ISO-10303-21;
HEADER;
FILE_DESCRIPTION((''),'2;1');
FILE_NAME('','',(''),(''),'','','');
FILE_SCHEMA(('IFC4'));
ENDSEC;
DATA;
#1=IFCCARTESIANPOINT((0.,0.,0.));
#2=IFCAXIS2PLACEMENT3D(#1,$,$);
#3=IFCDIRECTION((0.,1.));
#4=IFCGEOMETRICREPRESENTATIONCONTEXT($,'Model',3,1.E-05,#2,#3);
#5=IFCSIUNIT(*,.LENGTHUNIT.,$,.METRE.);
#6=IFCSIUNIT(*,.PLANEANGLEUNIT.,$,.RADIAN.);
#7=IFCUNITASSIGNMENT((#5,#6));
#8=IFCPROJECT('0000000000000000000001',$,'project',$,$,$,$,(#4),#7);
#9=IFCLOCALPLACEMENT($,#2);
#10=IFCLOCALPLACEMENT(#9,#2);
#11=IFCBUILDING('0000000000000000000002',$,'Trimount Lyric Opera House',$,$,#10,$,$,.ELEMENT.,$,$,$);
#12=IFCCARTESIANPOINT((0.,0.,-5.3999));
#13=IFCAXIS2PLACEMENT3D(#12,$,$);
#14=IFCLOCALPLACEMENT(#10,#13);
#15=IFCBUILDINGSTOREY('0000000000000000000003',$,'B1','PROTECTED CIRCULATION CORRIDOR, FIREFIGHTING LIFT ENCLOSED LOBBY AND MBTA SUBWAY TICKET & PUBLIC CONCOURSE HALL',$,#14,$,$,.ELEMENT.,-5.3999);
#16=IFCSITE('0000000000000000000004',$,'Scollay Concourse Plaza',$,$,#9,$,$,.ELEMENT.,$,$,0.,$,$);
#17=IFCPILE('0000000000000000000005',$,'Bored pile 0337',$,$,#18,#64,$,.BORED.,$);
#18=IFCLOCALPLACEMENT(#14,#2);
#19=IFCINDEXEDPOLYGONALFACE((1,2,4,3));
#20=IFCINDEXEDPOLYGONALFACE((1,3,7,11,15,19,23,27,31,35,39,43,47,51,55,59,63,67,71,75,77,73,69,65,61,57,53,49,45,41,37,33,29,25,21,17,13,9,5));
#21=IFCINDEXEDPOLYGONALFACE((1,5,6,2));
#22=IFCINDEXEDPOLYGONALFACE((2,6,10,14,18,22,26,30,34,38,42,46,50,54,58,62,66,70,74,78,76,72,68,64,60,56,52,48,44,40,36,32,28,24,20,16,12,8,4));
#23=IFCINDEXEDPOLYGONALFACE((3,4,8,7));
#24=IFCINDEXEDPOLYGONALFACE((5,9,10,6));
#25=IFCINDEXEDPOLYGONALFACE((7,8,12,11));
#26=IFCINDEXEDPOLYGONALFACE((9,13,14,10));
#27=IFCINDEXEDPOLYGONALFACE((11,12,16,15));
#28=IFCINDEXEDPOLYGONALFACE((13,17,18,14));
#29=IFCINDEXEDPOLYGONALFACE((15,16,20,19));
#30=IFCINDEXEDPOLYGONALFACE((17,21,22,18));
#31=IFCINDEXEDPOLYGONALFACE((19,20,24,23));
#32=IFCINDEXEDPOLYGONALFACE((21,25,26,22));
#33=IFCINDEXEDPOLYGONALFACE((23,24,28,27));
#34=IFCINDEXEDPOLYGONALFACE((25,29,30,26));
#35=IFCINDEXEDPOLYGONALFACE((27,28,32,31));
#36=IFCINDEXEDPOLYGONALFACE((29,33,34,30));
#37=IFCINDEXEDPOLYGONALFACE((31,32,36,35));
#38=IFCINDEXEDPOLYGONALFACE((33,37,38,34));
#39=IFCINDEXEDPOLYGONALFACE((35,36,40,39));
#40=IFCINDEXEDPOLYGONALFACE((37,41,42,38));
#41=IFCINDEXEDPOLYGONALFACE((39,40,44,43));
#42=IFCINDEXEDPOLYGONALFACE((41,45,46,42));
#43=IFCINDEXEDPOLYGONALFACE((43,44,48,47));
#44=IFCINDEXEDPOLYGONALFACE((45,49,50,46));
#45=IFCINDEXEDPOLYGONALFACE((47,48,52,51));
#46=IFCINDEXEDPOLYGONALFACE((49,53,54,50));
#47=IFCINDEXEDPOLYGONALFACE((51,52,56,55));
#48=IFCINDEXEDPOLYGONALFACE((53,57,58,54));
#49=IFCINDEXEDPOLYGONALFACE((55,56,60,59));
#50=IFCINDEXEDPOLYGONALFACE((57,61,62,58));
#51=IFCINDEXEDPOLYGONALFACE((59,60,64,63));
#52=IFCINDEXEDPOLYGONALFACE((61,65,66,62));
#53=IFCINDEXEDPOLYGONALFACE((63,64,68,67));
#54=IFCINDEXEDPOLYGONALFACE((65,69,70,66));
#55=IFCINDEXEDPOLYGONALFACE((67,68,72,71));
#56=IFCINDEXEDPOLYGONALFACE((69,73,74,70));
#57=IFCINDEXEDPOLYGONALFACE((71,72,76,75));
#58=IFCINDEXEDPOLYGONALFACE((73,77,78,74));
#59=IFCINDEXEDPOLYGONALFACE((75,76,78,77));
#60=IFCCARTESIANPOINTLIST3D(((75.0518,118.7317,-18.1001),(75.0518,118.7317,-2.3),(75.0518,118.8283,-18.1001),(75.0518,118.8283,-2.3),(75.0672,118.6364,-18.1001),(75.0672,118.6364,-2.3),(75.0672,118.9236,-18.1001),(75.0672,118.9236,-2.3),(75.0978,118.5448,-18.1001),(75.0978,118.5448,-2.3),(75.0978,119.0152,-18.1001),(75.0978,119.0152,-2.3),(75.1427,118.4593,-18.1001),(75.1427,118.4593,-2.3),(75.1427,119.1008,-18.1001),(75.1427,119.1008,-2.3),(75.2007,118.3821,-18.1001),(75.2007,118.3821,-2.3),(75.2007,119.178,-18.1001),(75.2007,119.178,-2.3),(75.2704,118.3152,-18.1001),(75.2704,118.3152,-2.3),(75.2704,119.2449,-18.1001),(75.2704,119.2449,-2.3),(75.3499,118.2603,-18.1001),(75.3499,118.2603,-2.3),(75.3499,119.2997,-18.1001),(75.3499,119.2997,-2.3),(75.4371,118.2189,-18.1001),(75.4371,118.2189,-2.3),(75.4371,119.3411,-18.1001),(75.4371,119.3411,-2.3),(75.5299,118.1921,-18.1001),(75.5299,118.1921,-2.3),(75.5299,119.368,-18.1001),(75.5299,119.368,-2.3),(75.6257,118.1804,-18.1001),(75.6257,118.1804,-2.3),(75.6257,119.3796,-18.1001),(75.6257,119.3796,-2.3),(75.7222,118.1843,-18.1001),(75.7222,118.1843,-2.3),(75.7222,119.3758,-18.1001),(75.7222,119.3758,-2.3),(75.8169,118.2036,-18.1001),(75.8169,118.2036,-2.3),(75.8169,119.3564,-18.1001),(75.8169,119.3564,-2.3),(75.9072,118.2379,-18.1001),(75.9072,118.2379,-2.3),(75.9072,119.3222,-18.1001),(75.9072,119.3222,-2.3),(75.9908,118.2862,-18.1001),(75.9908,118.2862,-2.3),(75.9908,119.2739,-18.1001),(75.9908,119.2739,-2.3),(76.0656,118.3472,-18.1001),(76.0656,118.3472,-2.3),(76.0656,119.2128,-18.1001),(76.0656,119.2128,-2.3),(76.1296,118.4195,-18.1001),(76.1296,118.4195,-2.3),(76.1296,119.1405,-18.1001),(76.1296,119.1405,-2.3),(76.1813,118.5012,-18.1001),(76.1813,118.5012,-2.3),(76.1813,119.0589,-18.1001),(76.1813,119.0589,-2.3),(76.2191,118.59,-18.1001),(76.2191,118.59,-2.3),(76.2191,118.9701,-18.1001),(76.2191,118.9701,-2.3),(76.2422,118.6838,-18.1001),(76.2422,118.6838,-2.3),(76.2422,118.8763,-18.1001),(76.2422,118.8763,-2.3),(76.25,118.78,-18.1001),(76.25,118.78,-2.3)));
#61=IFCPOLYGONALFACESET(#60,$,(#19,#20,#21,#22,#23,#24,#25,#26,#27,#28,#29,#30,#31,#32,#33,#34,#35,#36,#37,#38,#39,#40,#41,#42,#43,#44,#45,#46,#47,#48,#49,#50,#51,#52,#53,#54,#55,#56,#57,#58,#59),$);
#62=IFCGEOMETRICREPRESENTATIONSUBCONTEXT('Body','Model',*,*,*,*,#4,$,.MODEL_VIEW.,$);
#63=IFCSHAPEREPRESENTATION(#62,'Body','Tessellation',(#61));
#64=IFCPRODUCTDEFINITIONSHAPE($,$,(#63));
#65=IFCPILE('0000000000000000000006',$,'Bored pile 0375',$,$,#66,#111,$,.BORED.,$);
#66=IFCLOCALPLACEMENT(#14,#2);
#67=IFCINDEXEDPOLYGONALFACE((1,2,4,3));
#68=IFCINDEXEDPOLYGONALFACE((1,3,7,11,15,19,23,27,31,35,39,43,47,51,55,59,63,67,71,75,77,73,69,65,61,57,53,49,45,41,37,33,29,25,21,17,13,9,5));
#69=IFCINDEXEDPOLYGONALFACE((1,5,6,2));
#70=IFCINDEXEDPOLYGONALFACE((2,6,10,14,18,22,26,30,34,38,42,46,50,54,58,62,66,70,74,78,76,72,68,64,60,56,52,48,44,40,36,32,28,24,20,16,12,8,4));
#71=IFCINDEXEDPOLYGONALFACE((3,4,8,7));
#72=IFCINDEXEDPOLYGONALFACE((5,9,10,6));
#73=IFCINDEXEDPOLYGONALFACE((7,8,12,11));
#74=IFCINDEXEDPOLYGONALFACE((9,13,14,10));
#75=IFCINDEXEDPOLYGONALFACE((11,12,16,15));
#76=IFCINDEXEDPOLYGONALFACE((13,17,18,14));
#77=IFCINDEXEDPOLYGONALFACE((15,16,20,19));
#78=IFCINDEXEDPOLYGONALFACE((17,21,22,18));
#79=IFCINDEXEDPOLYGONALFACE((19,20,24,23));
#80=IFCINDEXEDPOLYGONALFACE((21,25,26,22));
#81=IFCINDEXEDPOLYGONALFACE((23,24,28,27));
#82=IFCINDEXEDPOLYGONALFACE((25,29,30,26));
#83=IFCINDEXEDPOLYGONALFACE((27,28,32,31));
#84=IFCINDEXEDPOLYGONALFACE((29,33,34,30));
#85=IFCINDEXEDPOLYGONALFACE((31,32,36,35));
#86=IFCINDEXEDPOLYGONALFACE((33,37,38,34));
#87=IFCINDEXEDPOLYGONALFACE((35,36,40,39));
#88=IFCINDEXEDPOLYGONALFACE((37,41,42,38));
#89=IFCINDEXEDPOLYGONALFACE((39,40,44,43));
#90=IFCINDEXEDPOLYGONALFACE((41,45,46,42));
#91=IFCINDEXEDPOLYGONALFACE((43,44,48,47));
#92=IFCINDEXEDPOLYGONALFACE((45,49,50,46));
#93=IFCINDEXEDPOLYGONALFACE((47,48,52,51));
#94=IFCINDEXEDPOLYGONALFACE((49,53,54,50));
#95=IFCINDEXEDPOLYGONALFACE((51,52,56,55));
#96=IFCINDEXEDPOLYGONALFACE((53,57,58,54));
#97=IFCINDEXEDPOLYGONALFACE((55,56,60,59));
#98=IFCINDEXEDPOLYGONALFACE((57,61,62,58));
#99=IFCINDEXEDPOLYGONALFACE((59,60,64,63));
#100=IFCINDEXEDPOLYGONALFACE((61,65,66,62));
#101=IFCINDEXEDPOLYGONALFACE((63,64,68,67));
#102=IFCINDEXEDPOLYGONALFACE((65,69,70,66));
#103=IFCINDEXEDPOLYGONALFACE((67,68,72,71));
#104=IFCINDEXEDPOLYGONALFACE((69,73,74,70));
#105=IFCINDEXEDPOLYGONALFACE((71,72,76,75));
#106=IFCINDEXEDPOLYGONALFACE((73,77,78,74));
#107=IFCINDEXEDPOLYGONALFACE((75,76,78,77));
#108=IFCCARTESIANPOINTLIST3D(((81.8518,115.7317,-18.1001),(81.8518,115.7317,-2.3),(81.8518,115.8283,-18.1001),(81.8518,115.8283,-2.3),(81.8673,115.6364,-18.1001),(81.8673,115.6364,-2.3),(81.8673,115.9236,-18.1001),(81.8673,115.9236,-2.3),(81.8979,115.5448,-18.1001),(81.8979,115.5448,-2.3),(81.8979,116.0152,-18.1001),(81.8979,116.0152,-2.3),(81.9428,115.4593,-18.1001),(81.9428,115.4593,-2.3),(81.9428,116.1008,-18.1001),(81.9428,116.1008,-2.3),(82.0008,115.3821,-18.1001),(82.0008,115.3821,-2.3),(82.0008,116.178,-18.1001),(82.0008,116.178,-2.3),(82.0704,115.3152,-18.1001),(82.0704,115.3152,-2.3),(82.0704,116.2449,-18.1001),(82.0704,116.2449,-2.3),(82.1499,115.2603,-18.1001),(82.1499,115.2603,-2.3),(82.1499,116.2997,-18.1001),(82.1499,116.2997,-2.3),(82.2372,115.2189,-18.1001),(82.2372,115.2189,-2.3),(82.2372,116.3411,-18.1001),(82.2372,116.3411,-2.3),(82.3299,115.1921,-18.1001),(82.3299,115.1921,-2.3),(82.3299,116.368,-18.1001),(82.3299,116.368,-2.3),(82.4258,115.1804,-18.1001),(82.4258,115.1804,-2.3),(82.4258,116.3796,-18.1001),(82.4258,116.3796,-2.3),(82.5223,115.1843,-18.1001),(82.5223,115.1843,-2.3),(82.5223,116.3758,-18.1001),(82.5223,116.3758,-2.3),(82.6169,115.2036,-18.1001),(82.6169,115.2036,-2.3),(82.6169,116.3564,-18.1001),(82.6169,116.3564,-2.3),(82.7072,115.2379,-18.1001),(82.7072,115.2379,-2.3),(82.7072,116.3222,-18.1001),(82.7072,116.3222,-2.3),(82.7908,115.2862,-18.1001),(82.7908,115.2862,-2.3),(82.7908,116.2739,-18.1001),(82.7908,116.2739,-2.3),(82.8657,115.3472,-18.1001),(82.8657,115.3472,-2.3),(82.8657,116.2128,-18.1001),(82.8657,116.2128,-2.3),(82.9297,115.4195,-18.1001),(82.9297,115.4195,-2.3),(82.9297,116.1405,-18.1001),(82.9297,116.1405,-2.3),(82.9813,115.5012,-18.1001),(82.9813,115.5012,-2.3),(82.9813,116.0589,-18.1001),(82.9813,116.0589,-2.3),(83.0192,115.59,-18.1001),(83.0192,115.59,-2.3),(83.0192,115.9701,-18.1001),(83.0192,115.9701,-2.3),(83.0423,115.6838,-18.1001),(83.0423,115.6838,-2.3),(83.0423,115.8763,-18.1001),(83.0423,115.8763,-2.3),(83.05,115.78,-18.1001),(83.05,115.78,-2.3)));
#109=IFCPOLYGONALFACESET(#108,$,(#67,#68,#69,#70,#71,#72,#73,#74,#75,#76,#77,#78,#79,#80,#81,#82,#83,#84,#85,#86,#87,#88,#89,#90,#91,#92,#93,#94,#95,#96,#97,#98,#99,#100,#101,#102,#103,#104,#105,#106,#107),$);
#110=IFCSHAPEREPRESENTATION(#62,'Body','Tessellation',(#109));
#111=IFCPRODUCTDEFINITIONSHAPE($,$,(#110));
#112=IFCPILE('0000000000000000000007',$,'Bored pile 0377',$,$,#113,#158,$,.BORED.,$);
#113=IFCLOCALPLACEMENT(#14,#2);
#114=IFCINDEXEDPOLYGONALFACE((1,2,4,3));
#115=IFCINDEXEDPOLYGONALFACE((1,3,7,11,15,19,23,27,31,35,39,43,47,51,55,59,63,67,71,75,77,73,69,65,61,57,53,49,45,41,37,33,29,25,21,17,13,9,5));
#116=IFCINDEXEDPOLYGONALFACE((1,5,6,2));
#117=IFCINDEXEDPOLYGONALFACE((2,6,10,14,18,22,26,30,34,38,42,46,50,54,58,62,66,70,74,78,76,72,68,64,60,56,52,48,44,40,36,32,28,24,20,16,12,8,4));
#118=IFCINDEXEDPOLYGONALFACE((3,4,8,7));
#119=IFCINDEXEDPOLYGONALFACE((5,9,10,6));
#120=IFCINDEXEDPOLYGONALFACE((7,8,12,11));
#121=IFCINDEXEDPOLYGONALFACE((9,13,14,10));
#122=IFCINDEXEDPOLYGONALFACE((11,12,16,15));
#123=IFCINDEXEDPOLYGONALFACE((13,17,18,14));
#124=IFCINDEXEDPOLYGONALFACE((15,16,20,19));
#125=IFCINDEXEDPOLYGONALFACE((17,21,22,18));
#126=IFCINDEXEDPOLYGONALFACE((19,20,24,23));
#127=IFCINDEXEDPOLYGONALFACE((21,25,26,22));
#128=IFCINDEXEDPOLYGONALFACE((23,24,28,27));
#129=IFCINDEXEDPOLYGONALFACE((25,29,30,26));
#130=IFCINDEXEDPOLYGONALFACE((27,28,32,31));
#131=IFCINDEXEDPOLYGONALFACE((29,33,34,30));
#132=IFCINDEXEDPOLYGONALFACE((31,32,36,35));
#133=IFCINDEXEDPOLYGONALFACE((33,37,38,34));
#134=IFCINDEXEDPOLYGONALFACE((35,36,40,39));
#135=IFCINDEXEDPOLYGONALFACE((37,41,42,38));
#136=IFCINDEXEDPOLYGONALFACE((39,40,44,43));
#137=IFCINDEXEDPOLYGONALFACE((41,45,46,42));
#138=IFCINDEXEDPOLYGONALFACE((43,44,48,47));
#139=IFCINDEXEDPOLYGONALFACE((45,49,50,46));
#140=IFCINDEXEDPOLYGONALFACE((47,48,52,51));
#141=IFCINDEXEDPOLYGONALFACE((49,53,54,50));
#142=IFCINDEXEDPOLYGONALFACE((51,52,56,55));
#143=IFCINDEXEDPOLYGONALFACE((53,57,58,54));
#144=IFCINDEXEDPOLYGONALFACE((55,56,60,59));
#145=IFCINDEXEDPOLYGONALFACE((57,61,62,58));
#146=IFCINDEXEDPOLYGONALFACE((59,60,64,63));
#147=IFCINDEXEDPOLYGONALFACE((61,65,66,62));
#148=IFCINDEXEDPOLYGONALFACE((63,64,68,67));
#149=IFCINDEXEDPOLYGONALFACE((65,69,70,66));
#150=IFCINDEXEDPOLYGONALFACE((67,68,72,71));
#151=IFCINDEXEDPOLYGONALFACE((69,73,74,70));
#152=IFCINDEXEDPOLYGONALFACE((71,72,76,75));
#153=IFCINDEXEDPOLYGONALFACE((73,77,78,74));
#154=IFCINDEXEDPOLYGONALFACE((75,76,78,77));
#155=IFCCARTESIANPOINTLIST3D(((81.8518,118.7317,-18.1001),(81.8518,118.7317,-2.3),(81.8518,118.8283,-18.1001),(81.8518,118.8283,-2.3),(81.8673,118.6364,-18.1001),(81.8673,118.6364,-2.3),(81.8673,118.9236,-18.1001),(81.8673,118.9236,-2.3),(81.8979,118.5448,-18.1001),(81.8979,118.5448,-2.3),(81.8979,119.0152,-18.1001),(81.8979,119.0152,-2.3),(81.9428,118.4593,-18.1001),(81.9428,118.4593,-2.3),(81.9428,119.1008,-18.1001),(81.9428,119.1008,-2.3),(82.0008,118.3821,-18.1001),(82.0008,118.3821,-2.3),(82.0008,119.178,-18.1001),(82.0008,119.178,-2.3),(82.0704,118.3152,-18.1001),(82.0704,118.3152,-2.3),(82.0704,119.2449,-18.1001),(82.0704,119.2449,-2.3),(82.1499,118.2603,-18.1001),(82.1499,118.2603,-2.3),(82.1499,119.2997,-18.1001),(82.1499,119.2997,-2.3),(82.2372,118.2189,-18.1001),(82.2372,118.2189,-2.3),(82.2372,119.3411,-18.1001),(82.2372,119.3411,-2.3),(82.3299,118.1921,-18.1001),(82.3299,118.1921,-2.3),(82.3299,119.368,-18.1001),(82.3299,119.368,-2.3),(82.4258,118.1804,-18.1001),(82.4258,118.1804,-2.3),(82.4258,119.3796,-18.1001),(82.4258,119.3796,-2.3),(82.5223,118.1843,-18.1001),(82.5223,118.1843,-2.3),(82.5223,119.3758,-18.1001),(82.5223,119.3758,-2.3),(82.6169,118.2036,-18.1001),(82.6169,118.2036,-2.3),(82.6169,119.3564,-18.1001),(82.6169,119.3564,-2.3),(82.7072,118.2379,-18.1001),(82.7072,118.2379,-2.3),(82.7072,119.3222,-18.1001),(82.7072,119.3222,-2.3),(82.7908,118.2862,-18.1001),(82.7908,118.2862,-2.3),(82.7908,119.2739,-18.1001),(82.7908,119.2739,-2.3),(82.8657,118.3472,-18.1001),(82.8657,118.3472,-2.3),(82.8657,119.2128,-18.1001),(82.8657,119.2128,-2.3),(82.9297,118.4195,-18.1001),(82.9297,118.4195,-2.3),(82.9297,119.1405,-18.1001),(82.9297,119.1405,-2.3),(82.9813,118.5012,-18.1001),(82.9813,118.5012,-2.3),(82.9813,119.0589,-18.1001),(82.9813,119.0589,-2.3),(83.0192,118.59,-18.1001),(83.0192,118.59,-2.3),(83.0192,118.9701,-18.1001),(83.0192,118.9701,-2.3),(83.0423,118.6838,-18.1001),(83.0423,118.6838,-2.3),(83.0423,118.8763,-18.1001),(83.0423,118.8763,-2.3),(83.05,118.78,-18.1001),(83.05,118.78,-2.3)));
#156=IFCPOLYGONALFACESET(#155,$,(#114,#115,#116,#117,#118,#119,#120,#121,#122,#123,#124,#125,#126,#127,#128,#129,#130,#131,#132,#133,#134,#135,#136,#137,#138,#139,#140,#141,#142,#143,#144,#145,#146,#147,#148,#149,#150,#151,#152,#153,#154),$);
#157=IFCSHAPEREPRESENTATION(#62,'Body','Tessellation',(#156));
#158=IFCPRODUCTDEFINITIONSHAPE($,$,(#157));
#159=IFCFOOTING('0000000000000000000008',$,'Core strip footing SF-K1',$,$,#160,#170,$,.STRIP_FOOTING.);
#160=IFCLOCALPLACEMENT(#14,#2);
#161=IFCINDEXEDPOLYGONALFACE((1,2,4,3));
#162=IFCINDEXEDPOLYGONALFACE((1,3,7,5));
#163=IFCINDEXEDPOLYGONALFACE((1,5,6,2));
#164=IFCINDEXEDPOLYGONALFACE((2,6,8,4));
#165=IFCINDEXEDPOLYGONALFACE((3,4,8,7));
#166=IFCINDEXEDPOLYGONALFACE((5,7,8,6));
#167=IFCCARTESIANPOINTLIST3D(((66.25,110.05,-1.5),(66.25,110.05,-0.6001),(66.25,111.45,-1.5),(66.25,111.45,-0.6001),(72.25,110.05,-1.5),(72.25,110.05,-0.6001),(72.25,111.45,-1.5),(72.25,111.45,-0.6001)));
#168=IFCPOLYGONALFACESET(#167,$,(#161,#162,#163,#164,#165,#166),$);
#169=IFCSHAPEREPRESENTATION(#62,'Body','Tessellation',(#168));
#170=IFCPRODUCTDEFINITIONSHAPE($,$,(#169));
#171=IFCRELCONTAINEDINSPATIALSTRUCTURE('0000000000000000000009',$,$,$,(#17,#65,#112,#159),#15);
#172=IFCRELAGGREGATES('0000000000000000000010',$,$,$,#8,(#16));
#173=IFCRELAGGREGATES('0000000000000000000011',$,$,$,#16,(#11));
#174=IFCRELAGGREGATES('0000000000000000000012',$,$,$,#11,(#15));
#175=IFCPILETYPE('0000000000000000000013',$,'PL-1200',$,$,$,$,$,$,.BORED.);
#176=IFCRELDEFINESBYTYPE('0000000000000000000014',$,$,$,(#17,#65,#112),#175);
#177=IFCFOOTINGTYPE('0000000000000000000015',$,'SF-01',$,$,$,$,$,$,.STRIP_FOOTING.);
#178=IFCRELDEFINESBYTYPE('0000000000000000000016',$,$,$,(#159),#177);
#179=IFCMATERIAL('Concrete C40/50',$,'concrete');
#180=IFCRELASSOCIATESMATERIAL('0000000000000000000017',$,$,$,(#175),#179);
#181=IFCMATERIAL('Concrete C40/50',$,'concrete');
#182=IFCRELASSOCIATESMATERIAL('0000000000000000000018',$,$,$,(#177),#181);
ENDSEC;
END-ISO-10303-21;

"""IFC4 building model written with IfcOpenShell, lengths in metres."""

from ifc_helpers import new_model, si_unit, direction, frame, origin, origin_2d, place, context, subcontext, project, spatial, rectangle, circle, extrude, material, material_profile, profile_set, type_object, element, save


model = new_model("IFC4")

# Units and contexts
model_context = context("Model", 3, precision=1e-05, world=origin(), true_north=direction((0.0, 1.0)))
body_context = subcontext(model_context, "Body", "Model", "MODEL_VIEW")
ifc_project = project(units=[si_unit("LENGTHUNIT", "METRE"), si_unit("PLANEANGLEUNIT", "RADIAN")], contexts=[model_context])

# Site, building, storey
site_placement = place(None, origin())
site = spatial("IfcSite", under=ifc_project, at=site_placement, Name="Scollay Concourse Plaza", CompositionType="ELEMENT", RefElevation=0.0)
building_placement = place(site_placement, origin())
building = spatial("IfcBuilding", under=site, at=building_placement, Name="Trimount Lyric Opera House", CompositionType="ELEMENT")
storey_placement = place(building_placement, frame((0.0, 0.0, -5.3999)))
storey = spatial("IfcBuildingStorey", under=building, at=storey_placement, Name="B1", Description="PROTECTED CIRCULATION CORRIDOR, FIREFIGHTING LIFT ENCLOSED LOBBY AND MBTA SUBWAY TICKET & PUBLIC CONCOURSE HALL", CompositionType="ELEMENT", Elevation=-5.3999)

# Piles
ifc_material_1 = material(Name="Concrete C40/50", Category="concrete")
ifc_material_profile_1 = material_profile(ifc_material_1, circle(Radius=0.6001, at=origin_2d()), Name="PILE-D1200")
ifc_profile_set_1 = profile_set([ifc_material_profile_1], Name="Concrete C40/50")
pile_type_1 = type_object("IfcPileType", Name="PL-1200", PredefinedType="BORED", material=ifc_profile_set_1)
for number, where, z_axis, x_axis, name in (
    (1, (75.6499, 118.78, -2.3), (0.0, 0.0, -1.0), (1.0, 0.0, 0.0), "Bored pile 0337"),
    (2, (82.45, 115.78, -2.3), (0.0, 0.0, -1.0), (1.0, 0.0, 0.0), "Bored pile 0375"),
    (3, (82.45, 118.78, -2.3), (0.0, 0.0, -1.0), (1.0, 0.0, 0.0), "Bored pile 0377"),
):
    element("IfcPile", number, at=place(storey_placement, frame(where, z_axis=z_axis, x_axis=x_axis)), inside=storey, type_object=pile_type_1, Name=name, PredefinedType="BORED", context=body_context, shape_type="SweptSolid", body=[
        extrude(circle(Radius=0.6001, at=origin_2d()), origin(), (0.0, 0.0, 1.0), 15.8),
    ])

# Footing
ifc_material_2 = material(Name="Concrete C40/50", Category="concrete")
footing_type_1 = type_object("IfcFootingType", Name="SF-01", PredefinedType="STRIP_FOOTING", material=ifc_material_2)
footing_1_placement = place(storey_placement, frame((69.25, 110.75, -1.5), z_axis=(0.0, 0.0, 1.0), x_axis=(1.0, 0.0, 0.0)))
element("IfcFooting", 4, at=footing_1_placement, inside=storey, type_object=footing_type_1, Name="Core strip footing SF-K1", PredefinedType="STRIP_FOOTING", context=body_context, shape_type="SweptSolid", body=[
    extrude(rectangle(XDim=6.0, YDim=1.3999, at=origin_2d()), origin(), (0.0, 0.0, 1.0), 0.8999),
])

save(model, "model.ifc")
